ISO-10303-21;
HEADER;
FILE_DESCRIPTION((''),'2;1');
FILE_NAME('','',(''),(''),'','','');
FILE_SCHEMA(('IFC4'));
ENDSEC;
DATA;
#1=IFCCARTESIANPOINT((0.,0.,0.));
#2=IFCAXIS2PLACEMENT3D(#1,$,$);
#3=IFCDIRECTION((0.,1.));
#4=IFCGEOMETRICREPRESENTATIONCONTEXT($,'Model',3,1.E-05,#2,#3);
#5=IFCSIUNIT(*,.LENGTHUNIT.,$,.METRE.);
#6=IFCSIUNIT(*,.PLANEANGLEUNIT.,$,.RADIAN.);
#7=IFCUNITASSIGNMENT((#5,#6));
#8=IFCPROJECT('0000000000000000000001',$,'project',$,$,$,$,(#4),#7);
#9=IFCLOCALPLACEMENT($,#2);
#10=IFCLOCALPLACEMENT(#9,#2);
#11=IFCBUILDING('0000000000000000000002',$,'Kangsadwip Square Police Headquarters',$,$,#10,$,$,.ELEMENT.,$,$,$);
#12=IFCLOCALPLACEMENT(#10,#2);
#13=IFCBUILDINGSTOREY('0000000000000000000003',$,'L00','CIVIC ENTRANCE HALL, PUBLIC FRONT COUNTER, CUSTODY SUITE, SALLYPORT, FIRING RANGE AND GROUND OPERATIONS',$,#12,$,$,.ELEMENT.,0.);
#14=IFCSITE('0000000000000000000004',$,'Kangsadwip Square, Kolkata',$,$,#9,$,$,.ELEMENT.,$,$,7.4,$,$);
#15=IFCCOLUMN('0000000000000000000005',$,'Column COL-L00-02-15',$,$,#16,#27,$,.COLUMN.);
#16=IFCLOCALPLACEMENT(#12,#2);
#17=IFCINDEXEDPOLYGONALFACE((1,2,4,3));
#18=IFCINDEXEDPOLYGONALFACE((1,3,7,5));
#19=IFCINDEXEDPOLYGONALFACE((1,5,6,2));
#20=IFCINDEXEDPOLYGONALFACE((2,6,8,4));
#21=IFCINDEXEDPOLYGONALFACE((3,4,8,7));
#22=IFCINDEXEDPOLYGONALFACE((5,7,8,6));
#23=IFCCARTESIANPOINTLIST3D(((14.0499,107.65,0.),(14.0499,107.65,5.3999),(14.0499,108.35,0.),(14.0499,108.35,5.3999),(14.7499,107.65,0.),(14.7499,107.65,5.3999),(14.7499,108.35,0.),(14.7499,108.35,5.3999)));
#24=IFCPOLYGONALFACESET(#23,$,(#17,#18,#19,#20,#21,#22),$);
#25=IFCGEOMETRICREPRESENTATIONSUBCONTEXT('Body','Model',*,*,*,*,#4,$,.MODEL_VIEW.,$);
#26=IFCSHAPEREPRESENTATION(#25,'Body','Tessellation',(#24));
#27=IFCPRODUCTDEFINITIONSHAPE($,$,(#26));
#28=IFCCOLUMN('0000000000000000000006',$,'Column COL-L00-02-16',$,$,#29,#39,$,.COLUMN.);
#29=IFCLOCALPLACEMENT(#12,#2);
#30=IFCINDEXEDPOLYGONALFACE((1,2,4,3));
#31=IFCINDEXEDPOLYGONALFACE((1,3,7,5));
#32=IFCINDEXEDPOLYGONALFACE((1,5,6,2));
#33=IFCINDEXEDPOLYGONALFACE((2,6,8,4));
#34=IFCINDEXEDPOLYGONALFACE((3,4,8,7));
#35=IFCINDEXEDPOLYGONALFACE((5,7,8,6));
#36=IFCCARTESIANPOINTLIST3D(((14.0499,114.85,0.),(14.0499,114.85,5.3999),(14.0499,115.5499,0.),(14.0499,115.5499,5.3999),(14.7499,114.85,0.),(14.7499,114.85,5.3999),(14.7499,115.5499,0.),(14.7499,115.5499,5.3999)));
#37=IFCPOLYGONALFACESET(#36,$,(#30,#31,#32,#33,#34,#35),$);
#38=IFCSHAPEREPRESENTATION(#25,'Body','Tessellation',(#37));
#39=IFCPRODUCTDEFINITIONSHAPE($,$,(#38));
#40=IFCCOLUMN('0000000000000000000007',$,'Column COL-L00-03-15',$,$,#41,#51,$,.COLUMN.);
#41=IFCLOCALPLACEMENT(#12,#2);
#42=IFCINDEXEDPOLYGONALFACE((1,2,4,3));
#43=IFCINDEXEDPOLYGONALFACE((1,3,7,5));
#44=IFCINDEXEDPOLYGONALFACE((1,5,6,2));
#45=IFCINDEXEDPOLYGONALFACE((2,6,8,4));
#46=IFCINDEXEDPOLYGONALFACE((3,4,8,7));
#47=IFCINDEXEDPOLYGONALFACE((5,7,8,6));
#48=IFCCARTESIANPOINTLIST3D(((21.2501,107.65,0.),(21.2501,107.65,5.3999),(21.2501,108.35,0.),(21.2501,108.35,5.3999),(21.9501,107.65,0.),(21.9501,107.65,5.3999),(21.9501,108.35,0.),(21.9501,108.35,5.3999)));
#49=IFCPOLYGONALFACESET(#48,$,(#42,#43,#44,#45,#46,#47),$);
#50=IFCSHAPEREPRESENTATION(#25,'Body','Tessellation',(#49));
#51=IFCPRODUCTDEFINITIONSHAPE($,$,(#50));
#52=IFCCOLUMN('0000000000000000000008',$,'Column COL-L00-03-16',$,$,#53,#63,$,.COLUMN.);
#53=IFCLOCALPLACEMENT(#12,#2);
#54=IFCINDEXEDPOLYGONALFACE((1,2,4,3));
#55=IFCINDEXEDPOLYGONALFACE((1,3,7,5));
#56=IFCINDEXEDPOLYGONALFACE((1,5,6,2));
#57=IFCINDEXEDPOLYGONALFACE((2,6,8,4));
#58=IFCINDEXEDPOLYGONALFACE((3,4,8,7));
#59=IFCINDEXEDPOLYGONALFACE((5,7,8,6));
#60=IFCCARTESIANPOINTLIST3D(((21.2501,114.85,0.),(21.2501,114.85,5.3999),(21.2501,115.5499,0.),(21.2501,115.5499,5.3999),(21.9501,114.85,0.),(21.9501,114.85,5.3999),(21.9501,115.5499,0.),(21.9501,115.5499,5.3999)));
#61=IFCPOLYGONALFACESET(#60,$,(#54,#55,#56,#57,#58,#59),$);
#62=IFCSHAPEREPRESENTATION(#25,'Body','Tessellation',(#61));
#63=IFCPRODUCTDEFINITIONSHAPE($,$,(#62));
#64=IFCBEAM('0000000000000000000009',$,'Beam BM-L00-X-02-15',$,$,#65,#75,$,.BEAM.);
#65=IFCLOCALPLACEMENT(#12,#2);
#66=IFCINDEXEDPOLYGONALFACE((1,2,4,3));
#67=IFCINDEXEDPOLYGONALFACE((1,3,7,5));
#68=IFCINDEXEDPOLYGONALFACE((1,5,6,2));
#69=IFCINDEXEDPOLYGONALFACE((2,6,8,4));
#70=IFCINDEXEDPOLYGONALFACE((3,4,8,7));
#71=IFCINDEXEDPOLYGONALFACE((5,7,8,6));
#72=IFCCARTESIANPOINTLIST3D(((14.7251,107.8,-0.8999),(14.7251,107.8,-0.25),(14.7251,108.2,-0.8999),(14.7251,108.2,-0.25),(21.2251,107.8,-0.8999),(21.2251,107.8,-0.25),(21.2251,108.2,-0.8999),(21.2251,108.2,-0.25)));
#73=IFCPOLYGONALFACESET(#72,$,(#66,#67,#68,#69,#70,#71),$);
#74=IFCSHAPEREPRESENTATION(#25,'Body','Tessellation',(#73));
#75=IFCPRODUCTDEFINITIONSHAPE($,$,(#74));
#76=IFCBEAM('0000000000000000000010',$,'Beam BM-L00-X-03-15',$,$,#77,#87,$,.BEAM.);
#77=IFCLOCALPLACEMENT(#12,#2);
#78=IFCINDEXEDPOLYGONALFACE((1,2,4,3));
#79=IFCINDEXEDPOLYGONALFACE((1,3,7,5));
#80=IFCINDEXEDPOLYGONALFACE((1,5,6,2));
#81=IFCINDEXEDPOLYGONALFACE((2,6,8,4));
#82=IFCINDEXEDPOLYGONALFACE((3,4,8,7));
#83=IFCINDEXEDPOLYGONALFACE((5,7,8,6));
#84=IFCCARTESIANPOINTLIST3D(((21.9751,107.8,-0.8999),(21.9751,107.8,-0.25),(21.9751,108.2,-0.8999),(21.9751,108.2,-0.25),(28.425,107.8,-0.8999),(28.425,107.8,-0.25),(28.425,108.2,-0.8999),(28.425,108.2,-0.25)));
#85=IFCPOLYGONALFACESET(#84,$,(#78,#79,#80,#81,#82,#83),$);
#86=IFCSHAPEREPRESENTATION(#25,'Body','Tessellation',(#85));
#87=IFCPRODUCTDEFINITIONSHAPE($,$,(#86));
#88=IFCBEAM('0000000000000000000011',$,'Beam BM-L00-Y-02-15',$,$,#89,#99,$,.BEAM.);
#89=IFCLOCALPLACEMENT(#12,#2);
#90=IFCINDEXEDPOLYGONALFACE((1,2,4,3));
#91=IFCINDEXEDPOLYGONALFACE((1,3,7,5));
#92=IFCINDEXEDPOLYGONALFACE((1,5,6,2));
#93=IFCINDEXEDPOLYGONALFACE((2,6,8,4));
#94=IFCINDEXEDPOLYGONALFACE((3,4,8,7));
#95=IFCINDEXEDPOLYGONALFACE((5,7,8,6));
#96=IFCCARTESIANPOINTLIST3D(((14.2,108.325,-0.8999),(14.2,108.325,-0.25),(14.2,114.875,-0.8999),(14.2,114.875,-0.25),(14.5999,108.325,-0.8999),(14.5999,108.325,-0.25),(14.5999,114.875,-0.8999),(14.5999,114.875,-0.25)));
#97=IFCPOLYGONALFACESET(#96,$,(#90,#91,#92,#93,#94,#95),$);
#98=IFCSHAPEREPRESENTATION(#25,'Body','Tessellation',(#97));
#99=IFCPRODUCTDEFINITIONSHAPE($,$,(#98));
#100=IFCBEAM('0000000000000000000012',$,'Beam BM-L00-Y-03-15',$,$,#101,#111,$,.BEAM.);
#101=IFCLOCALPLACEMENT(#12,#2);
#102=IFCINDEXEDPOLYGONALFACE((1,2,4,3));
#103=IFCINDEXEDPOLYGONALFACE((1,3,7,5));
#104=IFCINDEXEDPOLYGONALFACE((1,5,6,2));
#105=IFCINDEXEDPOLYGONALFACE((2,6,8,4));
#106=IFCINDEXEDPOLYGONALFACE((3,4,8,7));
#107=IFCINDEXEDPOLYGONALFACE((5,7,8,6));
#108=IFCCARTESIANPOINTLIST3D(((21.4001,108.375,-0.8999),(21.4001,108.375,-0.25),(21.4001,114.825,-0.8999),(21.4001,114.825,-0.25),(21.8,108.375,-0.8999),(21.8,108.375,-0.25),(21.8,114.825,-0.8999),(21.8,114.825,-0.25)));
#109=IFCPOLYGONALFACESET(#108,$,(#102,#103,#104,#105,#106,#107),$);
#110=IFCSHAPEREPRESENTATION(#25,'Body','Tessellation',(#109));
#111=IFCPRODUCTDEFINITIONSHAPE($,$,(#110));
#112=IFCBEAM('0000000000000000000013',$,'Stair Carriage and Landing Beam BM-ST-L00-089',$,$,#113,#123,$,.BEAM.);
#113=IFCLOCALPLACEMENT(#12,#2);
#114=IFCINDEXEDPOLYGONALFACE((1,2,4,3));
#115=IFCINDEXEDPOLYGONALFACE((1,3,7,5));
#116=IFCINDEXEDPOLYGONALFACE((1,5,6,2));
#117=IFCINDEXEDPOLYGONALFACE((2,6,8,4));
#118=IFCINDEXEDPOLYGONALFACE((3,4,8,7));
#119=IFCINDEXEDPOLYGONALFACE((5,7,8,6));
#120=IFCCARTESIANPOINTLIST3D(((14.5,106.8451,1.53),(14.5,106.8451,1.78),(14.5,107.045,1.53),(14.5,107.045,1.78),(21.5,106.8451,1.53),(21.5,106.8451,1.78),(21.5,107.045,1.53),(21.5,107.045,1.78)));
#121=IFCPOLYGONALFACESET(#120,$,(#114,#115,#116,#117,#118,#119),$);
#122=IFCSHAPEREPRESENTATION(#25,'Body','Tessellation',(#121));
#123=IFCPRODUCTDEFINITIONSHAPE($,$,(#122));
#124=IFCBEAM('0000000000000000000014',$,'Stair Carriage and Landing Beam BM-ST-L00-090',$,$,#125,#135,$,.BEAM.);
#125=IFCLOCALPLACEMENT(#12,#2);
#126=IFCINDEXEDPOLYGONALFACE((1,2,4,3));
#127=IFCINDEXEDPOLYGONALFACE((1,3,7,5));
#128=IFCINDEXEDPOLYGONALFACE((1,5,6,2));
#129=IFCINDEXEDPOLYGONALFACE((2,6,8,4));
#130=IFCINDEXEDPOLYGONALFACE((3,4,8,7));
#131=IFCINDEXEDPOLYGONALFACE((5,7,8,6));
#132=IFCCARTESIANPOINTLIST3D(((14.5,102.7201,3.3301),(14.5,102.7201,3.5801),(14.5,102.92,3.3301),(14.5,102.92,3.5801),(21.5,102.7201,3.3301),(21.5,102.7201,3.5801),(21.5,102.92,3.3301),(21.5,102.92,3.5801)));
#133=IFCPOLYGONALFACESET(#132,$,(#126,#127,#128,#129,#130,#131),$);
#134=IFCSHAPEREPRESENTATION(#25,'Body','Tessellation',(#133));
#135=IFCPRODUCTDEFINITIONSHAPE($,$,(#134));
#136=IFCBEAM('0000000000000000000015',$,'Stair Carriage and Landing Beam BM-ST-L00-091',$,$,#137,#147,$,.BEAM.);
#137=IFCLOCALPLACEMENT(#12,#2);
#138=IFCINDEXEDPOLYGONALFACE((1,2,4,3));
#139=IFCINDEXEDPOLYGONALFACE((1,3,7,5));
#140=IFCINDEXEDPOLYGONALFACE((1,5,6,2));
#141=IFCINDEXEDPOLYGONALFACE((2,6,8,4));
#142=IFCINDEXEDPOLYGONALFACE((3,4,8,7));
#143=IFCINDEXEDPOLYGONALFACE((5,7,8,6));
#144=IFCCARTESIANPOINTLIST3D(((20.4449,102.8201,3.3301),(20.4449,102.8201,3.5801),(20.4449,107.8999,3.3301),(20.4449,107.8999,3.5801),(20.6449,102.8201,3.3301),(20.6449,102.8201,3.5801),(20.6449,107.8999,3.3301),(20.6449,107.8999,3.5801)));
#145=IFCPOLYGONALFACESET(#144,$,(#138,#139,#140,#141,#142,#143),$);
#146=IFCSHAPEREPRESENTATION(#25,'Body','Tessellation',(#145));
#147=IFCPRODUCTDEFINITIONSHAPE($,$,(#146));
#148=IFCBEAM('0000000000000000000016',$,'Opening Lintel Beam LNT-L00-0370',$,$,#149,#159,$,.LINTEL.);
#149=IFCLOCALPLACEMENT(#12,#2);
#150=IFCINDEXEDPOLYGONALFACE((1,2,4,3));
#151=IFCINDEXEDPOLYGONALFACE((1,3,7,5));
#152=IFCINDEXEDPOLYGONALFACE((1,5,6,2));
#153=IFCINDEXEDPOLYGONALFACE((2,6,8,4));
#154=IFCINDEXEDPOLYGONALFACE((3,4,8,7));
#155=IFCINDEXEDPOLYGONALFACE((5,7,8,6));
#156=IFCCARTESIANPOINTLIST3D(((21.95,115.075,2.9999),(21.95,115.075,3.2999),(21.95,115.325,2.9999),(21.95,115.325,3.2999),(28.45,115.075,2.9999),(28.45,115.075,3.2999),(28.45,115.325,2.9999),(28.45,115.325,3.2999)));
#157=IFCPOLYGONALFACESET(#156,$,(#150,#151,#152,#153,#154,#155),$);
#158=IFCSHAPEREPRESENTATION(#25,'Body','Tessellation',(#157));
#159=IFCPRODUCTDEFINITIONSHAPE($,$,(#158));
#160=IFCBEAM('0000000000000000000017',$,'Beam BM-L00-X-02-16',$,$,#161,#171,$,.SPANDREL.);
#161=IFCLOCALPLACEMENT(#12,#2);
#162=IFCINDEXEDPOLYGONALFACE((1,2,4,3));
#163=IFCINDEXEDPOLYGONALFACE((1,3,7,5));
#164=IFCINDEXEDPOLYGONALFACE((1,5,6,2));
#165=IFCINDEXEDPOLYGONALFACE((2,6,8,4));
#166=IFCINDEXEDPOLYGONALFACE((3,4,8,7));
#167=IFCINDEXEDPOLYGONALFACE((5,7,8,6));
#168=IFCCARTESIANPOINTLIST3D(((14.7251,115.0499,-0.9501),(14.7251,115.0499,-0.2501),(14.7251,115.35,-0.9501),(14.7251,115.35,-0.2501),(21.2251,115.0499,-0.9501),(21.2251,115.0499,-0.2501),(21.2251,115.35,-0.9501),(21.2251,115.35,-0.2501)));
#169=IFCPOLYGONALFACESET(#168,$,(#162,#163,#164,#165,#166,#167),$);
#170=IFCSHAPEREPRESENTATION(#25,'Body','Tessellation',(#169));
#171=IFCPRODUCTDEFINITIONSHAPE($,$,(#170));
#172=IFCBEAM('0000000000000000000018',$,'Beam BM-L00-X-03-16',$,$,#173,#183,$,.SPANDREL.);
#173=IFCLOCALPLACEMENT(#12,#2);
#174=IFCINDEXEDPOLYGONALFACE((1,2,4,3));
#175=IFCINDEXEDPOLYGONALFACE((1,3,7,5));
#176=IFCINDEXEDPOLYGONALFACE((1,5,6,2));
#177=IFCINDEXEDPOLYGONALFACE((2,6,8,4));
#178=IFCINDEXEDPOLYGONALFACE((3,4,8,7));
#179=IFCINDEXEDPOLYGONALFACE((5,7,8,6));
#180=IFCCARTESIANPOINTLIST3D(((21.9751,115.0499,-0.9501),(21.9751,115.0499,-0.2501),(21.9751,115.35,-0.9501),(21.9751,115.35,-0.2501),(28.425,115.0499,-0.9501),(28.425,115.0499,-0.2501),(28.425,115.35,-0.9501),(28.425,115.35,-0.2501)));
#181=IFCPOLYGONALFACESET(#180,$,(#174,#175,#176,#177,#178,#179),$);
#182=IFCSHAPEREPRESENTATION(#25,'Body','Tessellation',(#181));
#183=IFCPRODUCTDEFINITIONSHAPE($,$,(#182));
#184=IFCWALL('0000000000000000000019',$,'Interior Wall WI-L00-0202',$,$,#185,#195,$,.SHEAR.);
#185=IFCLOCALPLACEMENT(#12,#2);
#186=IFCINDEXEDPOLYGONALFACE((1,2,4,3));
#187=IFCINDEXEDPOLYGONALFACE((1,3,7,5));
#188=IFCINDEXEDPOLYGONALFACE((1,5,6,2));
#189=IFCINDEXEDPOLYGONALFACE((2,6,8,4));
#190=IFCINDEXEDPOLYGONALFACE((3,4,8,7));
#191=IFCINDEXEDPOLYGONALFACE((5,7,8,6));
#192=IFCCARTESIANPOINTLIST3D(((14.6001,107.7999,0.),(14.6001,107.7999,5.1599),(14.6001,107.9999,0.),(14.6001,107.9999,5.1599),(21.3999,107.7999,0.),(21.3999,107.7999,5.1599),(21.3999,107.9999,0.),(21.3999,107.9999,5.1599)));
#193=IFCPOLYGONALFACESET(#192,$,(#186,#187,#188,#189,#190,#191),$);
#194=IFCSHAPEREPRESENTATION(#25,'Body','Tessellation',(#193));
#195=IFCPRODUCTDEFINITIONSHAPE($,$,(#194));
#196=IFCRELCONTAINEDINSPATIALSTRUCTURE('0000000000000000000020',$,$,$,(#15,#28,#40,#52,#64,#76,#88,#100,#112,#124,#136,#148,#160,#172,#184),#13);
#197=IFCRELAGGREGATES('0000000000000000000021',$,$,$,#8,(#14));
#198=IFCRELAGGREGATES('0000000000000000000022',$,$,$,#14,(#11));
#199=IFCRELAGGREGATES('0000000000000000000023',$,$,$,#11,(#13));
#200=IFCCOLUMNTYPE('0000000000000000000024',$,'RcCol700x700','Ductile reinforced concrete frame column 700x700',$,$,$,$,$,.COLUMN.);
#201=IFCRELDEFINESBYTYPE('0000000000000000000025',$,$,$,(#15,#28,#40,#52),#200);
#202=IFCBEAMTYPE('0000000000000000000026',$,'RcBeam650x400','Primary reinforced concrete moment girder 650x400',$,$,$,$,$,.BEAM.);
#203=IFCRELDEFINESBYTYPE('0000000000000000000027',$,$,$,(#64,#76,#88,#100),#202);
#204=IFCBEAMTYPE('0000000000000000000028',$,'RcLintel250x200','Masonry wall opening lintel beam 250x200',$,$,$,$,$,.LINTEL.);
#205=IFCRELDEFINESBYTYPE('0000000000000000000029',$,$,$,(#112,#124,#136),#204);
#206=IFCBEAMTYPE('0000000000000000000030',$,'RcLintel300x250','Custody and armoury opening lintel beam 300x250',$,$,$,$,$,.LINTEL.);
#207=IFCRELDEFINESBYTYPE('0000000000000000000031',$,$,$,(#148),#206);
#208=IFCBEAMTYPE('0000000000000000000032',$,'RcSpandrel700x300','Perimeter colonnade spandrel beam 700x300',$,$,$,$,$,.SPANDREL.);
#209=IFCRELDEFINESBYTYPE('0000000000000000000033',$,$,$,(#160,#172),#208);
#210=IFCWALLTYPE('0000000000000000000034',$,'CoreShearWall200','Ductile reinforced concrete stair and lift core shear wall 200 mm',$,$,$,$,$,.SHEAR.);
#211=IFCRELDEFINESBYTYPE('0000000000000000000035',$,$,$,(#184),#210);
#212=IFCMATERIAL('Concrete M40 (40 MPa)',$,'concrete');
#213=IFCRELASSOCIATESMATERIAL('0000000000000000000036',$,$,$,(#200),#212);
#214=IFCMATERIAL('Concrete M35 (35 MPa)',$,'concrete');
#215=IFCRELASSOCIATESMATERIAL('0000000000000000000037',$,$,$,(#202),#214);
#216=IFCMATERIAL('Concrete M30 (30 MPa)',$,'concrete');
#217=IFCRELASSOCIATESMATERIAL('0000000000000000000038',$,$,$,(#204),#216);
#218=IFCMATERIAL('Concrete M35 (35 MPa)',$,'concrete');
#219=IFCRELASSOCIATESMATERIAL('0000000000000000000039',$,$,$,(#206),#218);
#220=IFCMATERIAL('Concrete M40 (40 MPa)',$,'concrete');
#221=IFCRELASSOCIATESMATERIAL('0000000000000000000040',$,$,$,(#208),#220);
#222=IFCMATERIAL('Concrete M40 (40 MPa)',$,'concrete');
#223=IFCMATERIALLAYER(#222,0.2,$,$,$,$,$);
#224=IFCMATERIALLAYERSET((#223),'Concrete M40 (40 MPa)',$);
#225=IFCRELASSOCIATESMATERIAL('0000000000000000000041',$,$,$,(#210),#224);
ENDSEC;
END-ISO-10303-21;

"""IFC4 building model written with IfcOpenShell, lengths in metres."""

from ifc_helpers import new_model, si_unit, direction, frame, frame_2d, origin, origin_2d, place, context, subcontext, project, spatial, rectangle, extrude, material, layer, layer_set, material_profile, profile_set, type_object, element, save


model = new_model("IFC4")

# Units and contexts
model_context = context("Model", 3, precision=1e-05, world=origin(), true_north=direction((0.0, 1.0)))
body_context = subcontext(model_context, "Body", "Model", "MODEL_VIEW")
ifc_project = project(units=[si_unit("LENGTHUNIT", "METRE"), si_unit("PLANEANGLEUNIT", "RADIAN")], contexts=[model_context])

# Site, building, storey
site_placement = place(None, origin())
site = spatial("IfcSite", under=ifc_project, at=site_placement, Name="Kangsadwip Square, Kolkata", CompositionType="ELEMENT", RefElevation=7.4)
building_placement = place(site_placement, origin())
building = spatial("IfcBuilding", under=site, at=building_placement, Name="Kangsadwip Square Police Headquarters", CompositionType="ELEMENT")
storey_placement = place(building_placement, origin())
storey = spatial("IfcBuildingStorey", under=building, at=storey_placement, Name="L00", Description="CIVIC ENTRANCE HALL, PUBLIC FRONT COUNTER, CUSTODY SUITE, SALLYPORT, FIRING RANGE AND GROUND OPERATIONS", CompositionType="ELEMENT", Elevation=0.0)

# Columns
ifc_material_1 = material(Name="Concrete M40 (40 MPa)", Category="concrete")
ifc_material_profile_1 = material_profile(ifc_material_1, rectangle(XDim=0.7, YDim=0.7, at=origin_2d()), Name="RC COL 700X700")
ifc_profile_set_1 = profile_set([ifc_material_profile_1], Name="Concrete M40 (40 MPa)")
column_type = type_object("IfcColumnType", Name="RcCol700x700", Description="Ductile reinforced concrete frame column 700x700", PredefinedType="COLUMN", material=ifc_profile_set_1)
for number, where, z_axis, x_axis, name in (
    (1, (14.3999, 108.0, 0.0), (0.0, 0.0, 1.0), (1.0, 0.0, 0.0), "Column COL-L00-02-15"),
    (2, (14.3999, 115.2, 0.0), (0.0, 0.0, 1.0), (1.0, 0.0, 0.0), "Column COL-L00-02-16"),
    (3, (21.6001, 108.0, 0.0), (0.0, 0.0, 1.0), (1.0, 0.0, 0.0), "Column COL-L00-03-15"),
    (4, (21.6001, 115.2, 0.0), (0.0, 0.0, 1.0), (1.0, 0.0, 0.0), "Column COL-L00-03-16"),
):
    element("IfcColumn", number, at=place(storey_placement, frame(where, z_axis=z_axis, x_axis=x_axis)), inside=storey, type_object=column_type, Name=name, PredefinedType="COLUMN", context=body_context, shape_type="SweptSolid", body=[
        extrude(rectangle(XDim=0.7, YDim=0.7, at=origin_2d()), origin(), (0.0, 0.0, 1.0), 5.3999),
    ])

# Beams
ifc_material_2 = material(Name="Concrete M35 (35 MPa)", Category="concrete")
ifc_material_profile_2 = material_profile(ifc_material_2, rectangle(XDim=0.3999, YDim=0.6499, at=origin_2d()), Name="RC BM 650X400")
ifc_profile_set_2 = profile_set([ifc_material_profile_2], Name="Concrete M35 (35 MPa)")
beam_type_1 = type_object("IfcBeamType", Name="RcBeam650x400", Description="Primary reinforced concrete moment girder 650x400", PredefinedType="BEAM", material=ifc_profile_set_2)
beam_1_placement = place(storey_placement, frame((14.7251, 108.0, -0.575), z_axis=(1.0, 0.0, 0.0), x_axis=(0.0, 1.0, 0.0)))
element("IfcBeam", 5, at=beam_1_placement, inside=storey, type_object=beam_type_1, Name="Beam BM-L00-X-02-15", PredefinedType="BEAM", context=body_context, shape_type="SweptSolid", body=[
    extrude(rectangle(XDim=0.3999, YDim=0.6499, at=origin_2d()), origin(), (0.0, 0.0, 1.0), 6.5),
])
beam_2_placement = place(storey_placement, frame((21.9751, 108.0, -0.575), z_axis=(1.0, 0.0, 0.0), x_axis=(0.0, 1.0, 0.0)))
element("IfcBeam", 6, at=beam_2_placement, inside=storey, type_object=beam_type_1, Name="Beam BM-L00-X-03-15", PredefinedType="BEAM", context=body_context, shape_type="SweptSolid", body=[
    extrude(rectangle(XDim=0.3999, YDim=0.6499, at=origin_2d()), origin(), (0.0, 0.0, 1.0), 6.45),
])
beam_3_placement = place(storey_placement, frame((14.3999, 108.325, -0.575), z_axis=(0.0, 1.0, 0.0), x_axis=(-1.0, 0.0, 0.0)))
element("IfcBeam", 7, at=beam_3_placement, inside=storey, type_object=beam_type_1, Name="Beam BM-L00-Y-02-15", PredefinedType="BEAM", context=body_context, shape_type="SweptSolid", body=[
    extrude(rectangle(XDim=0.3999, YDim=0.6499, at=origin_2d()), origin(), (0.0, 0.0, 1.0), 6.55),
])
beam_4_placement = place(storey_placement, frame((21.6001, 108.375, -0.575), z_axis=(0.0, 1.0, 0.0), x_axis=(-1.0, 0.0, 0.0)))
element("IfcBeam", 8, at=beam_4_placement, inside=storey, type_object=beam_type_1, Name="Beam BM-L00-Y-03-15", PredefinedType="BEAM", context=body_context, shape_type="SweptSolid", body=[
    extrude(rectangle(XDim=0.3999, YDim=0.6499, at=origin_2d()), origin(), (0.0, 0.0, 1.0), 6.45),
])
ifc_material_3 = material(Name="Concrete M30 (30 MPa)", Category="concrete")
ifc_material_profile_3 = material_profile(ifc_material_3, rectangle(XDim=0.2, YDim=0.25, at=origin_2d()), Name="RC LNT 250X200")
ifc_profile_set_3 = profile_set([ifc_material_profile_3], Name="Concrete M30 (30 MPa)")
beam_type_2 = type_object("IfcBeamType", Name="RcLintel250x200", Description="Masonry wall opening lintel beam 250x200", PredefinedType="LINTEL", material=ifc_profile_set_3)
for number, where, z_axis, x_axis, name in (
    (9, (14.5, 106.9451, 1.655), (1.0, 0.0, 0.0), (0.0, 1.0, 0.0), "Stair Carriage and Landing Beam BM-ST-L00-089"),
    (10, (14.5, 102.8201, 3.4551), (1.0, 0.0, 0.0), (0.0, 1.0, 0.0), "Stair Carriage and Landing Beam BM-ST-L00-090"),
):
    element("IfcBeam", number, at=place(storey_placement, frame(where, z_axis=z_axis, x_axis=x_axis)), inside=storey, type_object=beam_type_2, Name=name, PredefinedType="BEAM", context=body_context, shape_type="SweptSolid", body=[
        extrude(rectangle(XDim=0.2, YDim=0.25, at=origin_2d()), origin(), (0.0, 0.0, 1.0), 7.0),
    ])
beam_5_placement = place(storey_placement, frame((20.5449, 102.8201, 3.4551), z_axis=(0.0, 1.0, 0.0), x_axis=(-1.0, 0.0, 0.0)))
element("IfcBeam", 11, at=beam_5_placement, inside=storey, type_object=beam_type_2, Name="Stair Carriage and Landing Beam BM-ST-L00-091", PredefinedType="BEAM", context=body_context, shape_type="SweptSolid", body=[
    extrude(rectangle(XDim=0.2, YDim=0.25, at=origin_2d()), origin(), (0.0, 0.0, 1.0), 5.0798),
])
ifc_material_4 = material(Name="Concrete M35 (35 MPa)", Category="concrete")
ifc_material_profile_4 = material_profile(ifc_material_4, rectangle(XDim=0.25, YDim=0.3, at=origin_2d()), Name="RC LNT 300X250")
ifc_profile_set_4 = profile_set([ifc_material_profile_4], Name="Concrete M35 (35 MPa)")
beam_type_3 = type_object("IfcBeamType", Name="RcLintel300x250", Description="Custody and armoury opening lintel beam 300x250", PredefinedType="LINTEL", material=ifc_profile_set_4)
beam_6_placement = place(storey_placement, frame((21.95, 115.2, 3.1499), z_axis=(1.0, 0.0, 0.0), x_axis=(0.0, 1.0, 0.0)))
element("IfcBeam", 12, at=beam_6_placement, inside=storey, type_object=beam_type_3, Name="Opening Lintel Beam LNT-L00-0370", PredefinedType="LINTEL", context=body_context, shape_type="SweptSolid", body=[
    extrude(rectangle(XDim=0.25, YDim=0.3, at=origin_2d()), origin(), (0.0, 0.0, 1.0), 6.5),
])
ifc_material_5 = material(Name="Concrete M40 (40 MPa)", Category="concrete")
ifc_material_profile_5 = material_profile(ifc_material_5, rectangle(XDim=0.3, YDim=0.7, at=origin_2d()), Name="RC SPN 700X300")
ifc_profile_set_5 = profile_set([ifc_material_profile_5], Name="Concrete M40 (40 MPa)")
beam_type_4 = type_object("IfcBeamType", Name="RcSpandrel700x300", Description="Perimeter colonnade spandrel beam 700x300", PredefinedType="SPANDREL", material=ifc_profile_set_5)
beam_7_placement = place(storey_placement, frame((14.7251, 115.2, -0.6001), z_axis=(1.0, 0.0, 0.0), x_axis=(0.0, 1.0, 0.0)))
element("IfcBeam", 13, at=beam_7_placement, inside=storey, type_object=beam_type_4, Name="Beam BM-L00-X-02-16", PredefinedType="SPANDREL", context=body_context, shape_type="SweptSolid", body=[
    extrude(rectangle(XDim=0.3, YDim=0.7, at=origin_2d()), origin(), (0.0, 0.0, 1.0), 6.5),
])
beam_8_placement = place(storey_placement, frame((21.9751, 115.2, -0.6001), z_axis=(1.0, 0.0, 0.0), x_axis=(0.0, 1.0, 0.0)))
element("IfcBeam", 14, at=beam_8_placement, inside=storey, type_object=beam_type_4, Name="Beam BM-L00-X-03-16", PredefinedType="SPANDREL", context=body_context, shape_type="SweptSolid", body=[
    extrude(rectangle(XDim=0.3, YDim=0.7, at=origin_2d()), origin(), (0.0, 0.0, 1.0), 6.45),
])

# Wall
ifc_material_6 = material(Name="Concrete M40 (40 MPa)", Category="concrete")
ifc_layer_1 = layer(ifc_material_6, 0.2)
ifc_layer_set_1 = layer_set([ifc_layer_1], Name="Concrete M40 (40 MPa)")
wall_type_1 = type_object("IfcWallType", Name="CoreShearWall200", Description="Ductile reinforced concrete stair and lift core shear wall 200 mm", PredefinedType="SHEAR", material=ifc_layer_set_1)
wall_1_placement = place(storey_placement, frame((14.6001, 107.8999, 0.0), z_axis=(0.0, 0.0, 1.0), x_axis=(1.0, 0.0, 0.0)))
element("IfcWall", 15, at=wall_1_placement, inside=storey, type_object=wall_type_1, Name="Interior Wall WI-L00-0202", PredefinedType="SHEAR", context=body_context, shape_type="SweptSolid", body=[
    extrude(rectangle(XDim=6.7998, YDim=0.2, at=frame_2d((3.3999, 0.0))), origin(), (0.0, 0.0, 1.0), 5.1599),
])

save(model, "model.ifc")
